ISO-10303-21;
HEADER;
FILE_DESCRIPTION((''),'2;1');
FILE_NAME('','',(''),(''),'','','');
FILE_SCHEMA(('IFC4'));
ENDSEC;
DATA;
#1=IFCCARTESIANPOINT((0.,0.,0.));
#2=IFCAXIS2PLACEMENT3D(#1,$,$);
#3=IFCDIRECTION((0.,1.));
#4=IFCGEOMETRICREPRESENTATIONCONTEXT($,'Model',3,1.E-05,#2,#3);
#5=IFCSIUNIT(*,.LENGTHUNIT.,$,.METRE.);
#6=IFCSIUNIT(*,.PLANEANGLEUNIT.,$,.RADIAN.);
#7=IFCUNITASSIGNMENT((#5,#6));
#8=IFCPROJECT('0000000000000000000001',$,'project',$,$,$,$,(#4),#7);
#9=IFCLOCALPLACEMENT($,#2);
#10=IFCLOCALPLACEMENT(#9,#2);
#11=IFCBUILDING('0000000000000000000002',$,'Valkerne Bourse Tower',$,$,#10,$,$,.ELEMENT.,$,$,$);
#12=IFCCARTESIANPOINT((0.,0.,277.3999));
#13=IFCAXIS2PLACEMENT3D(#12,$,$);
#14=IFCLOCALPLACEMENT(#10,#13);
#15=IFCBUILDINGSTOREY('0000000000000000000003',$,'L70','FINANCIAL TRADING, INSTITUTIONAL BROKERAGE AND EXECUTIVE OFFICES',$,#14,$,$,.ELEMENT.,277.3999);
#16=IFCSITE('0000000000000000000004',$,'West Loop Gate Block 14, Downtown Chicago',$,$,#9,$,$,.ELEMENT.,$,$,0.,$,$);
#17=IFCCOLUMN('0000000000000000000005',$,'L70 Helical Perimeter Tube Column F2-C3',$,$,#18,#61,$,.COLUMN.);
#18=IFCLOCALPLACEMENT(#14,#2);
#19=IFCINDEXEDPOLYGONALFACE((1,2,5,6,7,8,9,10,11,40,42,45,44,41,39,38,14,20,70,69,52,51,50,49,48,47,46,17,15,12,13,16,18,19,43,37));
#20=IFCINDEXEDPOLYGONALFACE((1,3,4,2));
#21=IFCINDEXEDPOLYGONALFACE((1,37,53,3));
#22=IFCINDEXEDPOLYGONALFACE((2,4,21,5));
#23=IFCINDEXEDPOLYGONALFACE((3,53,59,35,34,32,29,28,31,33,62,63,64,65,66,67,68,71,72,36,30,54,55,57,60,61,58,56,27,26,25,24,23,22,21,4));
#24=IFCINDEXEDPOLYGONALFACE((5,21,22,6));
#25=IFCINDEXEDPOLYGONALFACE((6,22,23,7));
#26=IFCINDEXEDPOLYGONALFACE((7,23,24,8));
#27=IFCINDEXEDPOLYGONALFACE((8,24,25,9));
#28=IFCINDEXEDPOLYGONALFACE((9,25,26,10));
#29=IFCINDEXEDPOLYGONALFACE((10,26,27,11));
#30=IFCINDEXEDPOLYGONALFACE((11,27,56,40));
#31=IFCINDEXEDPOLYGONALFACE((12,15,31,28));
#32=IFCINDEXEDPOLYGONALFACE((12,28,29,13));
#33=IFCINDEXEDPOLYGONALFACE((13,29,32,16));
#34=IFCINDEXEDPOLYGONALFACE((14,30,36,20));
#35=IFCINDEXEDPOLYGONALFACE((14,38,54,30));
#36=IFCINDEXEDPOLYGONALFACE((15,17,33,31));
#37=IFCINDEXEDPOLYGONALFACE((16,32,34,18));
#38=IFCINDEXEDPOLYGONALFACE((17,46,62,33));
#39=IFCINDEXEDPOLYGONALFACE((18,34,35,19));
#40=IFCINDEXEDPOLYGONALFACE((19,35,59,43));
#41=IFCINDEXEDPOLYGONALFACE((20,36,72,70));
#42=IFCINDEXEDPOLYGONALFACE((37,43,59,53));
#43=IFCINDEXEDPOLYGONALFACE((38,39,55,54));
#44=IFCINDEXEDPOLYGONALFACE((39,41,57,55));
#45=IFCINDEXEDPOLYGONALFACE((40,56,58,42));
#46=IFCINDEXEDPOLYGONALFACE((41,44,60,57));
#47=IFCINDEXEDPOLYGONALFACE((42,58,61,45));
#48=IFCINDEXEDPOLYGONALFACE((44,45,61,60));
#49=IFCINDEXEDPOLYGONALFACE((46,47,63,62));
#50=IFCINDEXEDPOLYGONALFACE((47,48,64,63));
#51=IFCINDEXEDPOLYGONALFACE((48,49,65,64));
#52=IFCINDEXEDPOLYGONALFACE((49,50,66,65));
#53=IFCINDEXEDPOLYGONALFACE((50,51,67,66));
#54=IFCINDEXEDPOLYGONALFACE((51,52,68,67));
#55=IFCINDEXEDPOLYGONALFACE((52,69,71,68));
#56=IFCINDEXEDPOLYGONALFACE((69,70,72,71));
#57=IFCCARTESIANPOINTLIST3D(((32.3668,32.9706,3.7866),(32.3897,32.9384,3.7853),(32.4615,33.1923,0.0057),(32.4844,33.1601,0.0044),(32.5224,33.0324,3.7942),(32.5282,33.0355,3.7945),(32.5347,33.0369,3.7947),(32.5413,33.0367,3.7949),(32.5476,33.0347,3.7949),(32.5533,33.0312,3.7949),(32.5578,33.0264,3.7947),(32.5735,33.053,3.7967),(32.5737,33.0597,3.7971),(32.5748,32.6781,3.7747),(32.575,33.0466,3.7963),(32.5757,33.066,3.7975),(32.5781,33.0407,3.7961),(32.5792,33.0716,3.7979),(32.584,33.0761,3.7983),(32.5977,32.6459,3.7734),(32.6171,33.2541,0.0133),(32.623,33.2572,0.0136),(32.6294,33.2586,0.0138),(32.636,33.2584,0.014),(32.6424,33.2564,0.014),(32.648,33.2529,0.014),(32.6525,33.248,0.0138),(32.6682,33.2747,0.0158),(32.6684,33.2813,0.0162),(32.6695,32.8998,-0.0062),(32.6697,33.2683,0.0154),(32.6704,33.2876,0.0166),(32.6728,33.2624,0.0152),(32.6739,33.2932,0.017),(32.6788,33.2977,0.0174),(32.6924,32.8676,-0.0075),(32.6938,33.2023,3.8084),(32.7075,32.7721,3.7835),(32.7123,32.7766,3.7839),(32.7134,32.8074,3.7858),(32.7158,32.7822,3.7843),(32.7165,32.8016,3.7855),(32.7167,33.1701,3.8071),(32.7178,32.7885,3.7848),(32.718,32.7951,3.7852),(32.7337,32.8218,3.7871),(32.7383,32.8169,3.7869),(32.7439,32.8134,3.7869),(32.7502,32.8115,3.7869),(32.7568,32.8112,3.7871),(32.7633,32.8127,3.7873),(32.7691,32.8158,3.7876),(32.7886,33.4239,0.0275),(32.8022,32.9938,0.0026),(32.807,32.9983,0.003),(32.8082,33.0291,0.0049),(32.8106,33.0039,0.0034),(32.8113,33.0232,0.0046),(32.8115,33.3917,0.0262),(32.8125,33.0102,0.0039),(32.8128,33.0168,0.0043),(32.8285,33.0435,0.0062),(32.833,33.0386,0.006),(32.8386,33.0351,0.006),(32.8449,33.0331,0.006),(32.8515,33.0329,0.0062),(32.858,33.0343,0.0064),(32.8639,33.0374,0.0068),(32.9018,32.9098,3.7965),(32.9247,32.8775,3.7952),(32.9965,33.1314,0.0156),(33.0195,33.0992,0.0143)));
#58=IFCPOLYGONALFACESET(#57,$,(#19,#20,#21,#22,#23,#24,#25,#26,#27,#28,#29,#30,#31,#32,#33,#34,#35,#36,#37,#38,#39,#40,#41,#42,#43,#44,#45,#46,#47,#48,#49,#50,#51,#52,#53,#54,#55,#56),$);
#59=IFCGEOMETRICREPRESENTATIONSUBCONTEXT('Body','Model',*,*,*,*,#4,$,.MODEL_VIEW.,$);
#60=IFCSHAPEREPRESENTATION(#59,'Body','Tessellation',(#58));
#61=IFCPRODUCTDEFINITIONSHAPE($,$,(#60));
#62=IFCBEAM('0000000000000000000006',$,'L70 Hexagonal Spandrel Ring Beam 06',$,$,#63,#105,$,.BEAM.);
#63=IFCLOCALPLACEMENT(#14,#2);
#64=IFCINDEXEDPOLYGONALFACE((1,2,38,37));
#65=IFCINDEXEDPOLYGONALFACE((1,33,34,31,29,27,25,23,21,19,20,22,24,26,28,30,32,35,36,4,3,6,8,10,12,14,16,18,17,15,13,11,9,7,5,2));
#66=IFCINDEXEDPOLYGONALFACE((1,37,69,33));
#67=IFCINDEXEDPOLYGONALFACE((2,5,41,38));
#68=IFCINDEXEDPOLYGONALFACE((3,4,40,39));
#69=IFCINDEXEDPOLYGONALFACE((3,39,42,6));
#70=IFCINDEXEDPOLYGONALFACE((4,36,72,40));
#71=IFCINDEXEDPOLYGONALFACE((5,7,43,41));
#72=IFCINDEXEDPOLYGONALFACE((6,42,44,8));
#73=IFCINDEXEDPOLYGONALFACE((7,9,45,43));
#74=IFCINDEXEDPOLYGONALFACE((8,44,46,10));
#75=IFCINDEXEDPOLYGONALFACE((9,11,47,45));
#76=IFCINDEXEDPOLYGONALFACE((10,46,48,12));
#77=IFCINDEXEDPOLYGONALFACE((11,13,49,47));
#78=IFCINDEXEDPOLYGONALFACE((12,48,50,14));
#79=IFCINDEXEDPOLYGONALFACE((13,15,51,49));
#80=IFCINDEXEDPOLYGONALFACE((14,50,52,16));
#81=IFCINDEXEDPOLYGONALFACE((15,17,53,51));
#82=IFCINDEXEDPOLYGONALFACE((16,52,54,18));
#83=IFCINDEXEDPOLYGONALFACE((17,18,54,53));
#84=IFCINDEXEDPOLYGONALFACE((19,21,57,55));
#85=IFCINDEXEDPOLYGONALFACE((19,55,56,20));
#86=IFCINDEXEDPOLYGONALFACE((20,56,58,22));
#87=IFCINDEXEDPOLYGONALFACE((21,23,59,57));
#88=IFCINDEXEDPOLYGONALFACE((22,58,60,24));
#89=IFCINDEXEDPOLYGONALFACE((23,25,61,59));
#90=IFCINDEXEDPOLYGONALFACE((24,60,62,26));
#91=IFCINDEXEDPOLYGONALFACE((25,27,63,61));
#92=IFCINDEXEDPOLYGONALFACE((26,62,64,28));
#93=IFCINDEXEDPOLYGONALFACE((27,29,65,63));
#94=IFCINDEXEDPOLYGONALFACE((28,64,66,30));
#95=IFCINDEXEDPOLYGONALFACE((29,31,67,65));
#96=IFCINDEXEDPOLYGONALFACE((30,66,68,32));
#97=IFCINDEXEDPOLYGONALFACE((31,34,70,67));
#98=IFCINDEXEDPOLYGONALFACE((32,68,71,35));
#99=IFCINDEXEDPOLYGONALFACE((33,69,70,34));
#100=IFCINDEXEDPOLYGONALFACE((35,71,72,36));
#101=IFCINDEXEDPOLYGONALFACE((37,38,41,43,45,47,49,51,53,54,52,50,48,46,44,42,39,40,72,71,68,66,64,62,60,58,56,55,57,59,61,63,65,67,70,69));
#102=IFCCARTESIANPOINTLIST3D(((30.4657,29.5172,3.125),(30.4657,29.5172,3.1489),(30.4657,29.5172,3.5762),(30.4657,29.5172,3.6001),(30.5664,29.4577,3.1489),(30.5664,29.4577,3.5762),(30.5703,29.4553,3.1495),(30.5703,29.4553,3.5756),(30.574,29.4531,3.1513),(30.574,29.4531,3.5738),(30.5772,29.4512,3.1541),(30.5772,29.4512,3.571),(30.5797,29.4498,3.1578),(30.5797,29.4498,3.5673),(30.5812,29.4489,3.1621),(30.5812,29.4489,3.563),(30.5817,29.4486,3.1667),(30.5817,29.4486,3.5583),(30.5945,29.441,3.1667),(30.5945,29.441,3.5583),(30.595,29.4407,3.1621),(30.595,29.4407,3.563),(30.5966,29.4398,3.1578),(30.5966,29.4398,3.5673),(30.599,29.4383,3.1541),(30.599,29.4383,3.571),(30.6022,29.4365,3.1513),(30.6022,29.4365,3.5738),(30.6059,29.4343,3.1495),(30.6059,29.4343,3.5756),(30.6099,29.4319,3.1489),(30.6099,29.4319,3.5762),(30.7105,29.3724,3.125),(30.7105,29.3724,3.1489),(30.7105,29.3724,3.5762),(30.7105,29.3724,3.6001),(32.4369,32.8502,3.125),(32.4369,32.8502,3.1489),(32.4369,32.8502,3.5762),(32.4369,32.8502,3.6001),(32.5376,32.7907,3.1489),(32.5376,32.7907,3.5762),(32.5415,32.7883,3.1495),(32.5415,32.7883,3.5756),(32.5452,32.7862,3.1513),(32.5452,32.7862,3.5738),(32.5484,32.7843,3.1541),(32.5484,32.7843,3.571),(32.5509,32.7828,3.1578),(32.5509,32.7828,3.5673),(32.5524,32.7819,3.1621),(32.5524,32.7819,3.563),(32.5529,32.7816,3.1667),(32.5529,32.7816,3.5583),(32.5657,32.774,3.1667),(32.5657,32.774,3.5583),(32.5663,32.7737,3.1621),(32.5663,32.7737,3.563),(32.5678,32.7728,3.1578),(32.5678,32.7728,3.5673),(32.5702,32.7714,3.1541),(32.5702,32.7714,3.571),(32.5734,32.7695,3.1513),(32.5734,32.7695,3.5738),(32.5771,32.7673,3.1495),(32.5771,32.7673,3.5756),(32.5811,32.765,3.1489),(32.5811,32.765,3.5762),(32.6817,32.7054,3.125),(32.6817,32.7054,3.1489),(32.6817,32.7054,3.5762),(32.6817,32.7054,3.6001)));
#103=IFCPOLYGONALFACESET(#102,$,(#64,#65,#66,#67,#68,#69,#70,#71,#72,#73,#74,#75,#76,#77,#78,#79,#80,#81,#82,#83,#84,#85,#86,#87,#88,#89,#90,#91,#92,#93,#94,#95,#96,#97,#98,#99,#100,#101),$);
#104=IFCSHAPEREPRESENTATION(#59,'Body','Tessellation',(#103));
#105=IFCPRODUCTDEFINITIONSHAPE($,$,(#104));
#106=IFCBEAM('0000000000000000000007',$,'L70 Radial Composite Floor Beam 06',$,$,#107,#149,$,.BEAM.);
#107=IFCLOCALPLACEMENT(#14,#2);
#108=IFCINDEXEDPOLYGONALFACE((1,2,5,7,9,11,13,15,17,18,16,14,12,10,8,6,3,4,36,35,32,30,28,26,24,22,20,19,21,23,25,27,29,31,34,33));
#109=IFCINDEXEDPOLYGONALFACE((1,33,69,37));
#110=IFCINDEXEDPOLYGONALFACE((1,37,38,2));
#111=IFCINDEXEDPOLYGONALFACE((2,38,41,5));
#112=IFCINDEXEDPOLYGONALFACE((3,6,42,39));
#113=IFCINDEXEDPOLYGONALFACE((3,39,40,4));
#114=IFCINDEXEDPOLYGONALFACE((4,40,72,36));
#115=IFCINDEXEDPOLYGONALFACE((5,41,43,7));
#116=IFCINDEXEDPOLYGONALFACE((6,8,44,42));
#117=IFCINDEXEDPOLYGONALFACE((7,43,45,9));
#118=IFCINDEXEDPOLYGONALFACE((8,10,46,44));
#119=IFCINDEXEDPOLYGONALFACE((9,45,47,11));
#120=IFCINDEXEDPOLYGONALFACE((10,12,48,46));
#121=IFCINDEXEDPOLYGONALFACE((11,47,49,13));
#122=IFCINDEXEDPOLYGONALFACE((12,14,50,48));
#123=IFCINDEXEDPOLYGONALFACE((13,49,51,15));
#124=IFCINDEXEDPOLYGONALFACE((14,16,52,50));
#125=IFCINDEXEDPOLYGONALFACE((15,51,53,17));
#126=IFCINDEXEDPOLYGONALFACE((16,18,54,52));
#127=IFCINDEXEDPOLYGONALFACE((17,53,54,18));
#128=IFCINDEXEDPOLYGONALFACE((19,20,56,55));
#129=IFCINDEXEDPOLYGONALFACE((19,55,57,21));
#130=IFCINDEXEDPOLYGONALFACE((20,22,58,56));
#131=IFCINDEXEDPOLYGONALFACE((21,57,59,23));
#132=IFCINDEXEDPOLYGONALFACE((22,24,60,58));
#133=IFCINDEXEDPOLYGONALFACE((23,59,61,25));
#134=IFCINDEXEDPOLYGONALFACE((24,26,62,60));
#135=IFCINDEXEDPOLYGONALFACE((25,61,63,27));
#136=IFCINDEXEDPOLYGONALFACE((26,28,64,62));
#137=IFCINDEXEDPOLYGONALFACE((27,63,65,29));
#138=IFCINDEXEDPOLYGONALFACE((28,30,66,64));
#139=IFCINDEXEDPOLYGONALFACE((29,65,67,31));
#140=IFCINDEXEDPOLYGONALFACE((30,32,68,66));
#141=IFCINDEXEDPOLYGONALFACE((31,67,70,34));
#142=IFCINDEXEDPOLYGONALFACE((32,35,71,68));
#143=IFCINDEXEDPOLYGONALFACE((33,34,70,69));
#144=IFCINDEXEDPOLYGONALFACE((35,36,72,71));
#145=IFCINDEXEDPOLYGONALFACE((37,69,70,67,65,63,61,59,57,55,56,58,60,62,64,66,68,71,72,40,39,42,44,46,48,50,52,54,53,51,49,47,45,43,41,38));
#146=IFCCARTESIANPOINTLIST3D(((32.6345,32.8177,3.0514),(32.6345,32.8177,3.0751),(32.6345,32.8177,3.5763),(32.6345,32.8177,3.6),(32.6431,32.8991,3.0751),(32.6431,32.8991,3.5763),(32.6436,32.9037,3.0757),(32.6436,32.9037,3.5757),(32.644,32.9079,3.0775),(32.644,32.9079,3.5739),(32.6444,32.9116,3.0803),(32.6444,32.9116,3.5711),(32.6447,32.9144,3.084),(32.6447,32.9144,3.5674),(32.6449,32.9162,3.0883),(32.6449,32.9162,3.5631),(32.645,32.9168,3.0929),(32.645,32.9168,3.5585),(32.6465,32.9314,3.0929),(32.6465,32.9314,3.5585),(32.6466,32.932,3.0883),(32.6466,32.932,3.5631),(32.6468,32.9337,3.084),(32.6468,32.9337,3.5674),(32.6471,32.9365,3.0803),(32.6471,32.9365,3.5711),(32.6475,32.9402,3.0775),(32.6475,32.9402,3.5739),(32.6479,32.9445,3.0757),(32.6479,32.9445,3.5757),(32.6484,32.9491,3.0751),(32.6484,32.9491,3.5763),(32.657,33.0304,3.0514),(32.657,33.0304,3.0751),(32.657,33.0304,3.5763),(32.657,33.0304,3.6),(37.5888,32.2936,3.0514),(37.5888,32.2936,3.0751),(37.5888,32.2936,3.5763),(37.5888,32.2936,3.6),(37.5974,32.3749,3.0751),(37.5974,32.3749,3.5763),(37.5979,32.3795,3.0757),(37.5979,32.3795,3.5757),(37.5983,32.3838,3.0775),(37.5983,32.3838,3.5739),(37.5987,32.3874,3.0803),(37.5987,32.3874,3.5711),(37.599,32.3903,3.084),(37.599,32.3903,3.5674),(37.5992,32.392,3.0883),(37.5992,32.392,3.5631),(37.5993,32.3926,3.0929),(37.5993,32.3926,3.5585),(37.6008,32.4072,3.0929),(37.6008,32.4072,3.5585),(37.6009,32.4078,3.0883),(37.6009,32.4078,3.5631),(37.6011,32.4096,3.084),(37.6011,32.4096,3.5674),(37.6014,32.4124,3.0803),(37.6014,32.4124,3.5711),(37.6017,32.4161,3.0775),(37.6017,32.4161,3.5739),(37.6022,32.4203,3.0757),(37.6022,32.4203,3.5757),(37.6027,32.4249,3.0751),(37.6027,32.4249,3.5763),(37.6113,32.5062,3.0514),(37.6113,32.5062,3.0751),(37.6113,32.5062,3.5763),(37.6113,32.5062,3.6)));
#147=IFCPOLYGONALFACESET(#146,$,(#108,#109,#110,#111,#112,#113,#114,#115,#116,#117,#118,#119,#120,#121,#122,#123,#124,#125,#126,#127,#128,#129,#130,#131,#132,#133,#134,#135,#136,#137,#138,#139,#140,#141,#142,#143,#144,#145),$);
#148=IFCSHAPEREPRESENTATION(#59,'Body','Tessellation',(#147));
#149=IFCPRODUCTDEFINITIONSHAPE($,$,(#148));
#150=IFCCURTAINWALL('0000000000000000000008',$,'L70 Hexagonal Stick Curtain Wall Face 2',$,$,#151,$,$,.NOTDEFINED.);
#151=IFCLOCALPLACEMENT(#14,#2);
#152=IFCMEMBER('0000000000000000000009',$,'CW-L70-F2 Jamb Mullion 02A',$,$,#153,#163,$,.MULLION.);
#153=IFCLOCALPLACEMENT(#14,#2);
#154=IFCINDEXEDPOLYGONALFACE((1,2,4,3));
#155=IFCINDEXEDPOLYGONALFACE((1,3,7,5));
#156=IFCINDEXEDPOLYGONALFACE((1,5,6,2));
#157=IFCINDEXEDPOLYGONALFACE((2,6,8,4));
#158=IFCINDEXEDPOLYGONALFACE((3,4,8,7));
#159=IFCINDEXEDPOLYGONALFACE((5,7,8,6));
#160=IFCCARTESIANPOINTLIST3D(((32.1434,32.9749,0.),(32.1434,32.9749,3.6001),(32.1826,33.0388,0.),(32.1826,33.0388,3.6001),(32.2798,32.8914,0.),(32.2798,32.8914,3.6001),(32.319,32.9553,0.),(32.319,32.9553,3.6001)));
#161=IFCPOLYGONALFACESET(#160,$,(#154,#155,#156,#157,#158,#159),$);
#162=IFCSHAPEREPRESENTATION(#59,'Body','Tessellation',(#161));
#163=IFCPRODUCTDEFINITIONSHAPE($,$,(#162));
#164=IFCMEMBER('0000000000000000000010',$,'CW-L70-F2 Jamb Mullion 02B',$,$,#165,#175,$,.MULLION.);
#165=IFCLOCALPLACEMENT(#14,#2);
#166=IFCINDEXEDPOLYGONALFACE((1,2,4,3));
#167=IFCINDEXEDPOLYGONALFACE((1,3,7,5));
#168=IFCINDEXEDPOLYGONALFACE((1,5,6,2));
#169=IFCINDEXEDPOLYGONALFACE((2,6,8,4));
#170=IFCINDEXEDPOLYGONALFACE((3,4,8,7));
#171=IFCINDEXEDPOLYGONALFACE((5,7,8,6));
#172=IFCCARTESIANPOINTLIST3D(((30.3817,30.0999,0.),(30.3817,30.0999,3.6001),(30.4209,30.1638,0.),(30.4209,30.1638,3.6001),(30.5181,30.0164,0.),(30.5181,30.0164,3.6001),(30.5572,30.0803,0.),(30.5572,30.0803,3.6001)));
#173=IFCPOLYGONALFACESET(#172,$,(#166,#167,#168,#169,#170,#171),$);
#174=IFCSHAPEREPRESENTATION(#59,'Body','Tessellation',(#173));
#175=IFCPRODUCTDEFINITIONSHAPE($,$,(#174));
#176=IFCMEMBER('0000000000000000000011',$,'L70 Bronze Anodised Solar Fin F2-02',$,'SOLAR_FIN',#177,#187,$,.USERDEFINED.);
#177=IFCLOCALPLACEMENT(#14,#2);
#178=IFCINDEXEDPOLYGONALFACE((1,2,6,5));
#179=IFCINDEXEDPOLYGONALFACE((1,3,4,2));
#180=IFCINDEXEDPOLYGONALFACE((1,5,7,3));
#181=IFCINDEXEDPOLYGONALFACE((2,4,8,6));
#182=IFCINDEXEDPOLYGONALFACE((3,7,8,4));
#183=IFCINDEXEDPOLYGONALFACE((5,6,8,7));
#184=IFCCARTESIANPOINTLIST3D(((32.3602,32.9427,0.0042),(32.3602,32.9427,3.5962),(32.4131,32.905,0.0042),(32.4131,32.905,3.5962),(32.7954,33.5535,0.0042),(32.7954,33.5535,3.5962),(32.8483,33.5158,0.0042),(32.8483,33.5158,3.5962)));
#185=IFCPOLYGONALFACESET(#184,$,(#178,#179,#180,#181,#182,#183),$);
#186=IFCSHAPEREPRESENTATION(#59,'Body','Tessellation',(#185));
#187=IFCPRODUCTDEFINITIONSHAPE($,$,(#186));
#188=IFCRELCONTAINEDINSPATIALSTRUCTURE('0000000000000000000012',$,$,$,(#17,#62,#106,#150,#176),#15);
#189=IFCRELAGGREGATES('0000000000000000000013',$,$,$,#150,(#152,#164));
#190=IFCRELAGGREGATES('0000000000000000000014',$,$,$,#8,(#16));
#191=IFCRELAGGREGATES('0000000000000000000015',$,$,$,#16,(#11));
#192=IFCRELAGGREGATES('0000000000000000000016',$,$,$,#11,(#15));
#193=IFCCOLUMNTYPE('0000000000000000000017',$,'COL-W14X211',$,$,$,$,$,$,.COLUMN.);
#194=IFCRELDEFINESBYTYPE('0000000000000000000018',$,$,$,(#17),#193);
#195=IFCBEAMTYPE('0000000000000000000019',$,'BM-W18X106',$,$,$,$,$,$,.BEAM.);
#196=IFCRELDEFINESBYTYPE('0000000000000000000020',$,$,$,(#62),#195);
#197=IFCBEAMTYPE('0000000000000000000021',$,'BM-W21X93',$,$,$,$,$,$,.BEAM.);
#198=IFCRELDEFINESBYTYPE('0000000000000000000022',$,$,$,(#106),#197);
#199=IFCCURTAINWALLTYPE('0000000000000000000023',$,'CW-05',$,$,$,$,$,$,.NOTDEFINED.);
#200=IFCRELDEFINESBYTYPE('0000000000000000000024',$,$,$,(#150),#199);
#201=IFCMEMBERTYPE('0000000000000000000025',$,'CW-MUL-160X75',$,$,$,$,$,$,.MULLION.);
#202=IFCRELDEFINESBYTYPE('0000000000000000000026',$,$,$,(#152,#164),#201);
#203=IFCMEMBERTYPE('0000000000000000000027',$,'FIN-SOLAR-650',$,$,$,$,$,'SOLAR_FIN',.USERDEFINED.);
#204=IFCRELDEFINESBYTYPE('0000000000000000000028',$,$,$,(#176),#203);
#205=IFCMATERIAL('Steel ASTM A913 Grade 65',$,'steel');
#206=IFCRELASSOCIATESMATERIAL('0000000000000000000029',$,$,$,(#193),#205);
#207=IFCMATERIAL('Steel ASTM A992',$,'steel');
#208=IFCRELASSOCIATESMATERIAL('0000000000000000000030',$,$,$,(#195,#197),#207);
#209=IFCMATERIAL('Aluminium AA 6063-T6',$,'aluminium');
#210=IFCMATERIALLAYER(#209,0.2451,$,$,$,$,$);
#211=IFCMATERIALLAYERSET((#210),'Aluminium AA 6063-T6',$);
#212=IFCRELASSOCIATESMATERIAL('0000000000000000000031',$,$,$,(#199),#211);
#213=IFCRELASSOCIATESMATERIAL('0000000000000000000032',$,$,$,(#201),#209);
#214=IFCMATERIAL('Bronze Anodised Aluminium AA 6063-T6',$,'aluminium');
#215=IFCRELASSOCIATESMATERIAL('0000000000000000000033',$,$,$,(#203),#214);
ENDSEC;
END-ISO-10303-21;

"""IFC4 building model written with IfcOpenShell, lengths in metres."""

from ifc_helpers import new_model, si_unit, direction, frame, origin, origin_2d, place, context, subcontext, project, spatial, rectangle, i_section, extrude, material, layer, layer_set, material_profile, profile_set, type_object, element, aggregate, save


model = new_model("IFC4")

# Units and contexts
model_context = context("Model", 3, precision=1e-05, world=origin(), true_north=direction((0.0, 1.0)))
body_context = subcontext(model_context, "Body", "Model", "MODEL_VIEW")
ifc_project = project(units=[si_unit("LENGTHUNIT", "METRE"), si_unit("PLANEANGLEUNIT", "RADIAN")], contexts=[model_context])

# Site, building, storey
site_placement = place(None, origin())
site = spatial("IfcSite", under=ifc_project, at=site_placement, Name="West Loop Gate Block 14, Downtown Chicago", CompositionType="ELEMENT", RefElevation=0.0)
building_placement = place(site_placement, origin())
building = spatial("IfcBuilding", under=site, at=building_placement, Name="Valkerne Bourse Tower", CompositionType="ELEMENT")
storey_placement = place(building_placement, frame((0.0, 0.0, 277.3999)))
storey = spatial("IfcBuildingStorey", under=building, at=storey_placement, Name="L70", Description="FINANCIAL TRADING, INSTITUTIONAL BROKERAGE AND EXECUTIVE OFFICES", CompositionType="ELEMENT", Elevation=277.3999)

# Column
ifc_material_1 = material(Name="Steel ASTM A913 Grade 65", Category="steel")
ifc_material_profile_1 = material_profile(ifc_material_1, i_section(OverallWidth=0.4014, OverallDepth=0.3987, WebThickness=0.0249, FlangeThickness=0.0396, FilletRadius=0.0254, at=origin_2d()), Name="W14X211")
ifc_profile_set_1 = profile_set([ifc_material_profile_1], Name="Steel ASTM A913 Grade 65")
column_type = type_object("IfcColumnType", Name="COL-W14X211", PredefinedType="COLUMN", material=ifc_profile_set_1)
column_placement = place(storey_placement, frame((32.7405, 33.1458, 0.01), z_axis=(-0.025003, -0.058511, 0.997974), x_axis=(-0.814829, -0.577157, -0.054253)))
element("IfcColumn", 1, at=column_placement, inside=storey, type_object=column_type, Name="L70 Helical Perimeter Tube Column F2-C3", PredefinedType="COLUMN", context=body_context, shape_type="SweptSolid", body=[
    extrude(i_section(OverallWidth=0.4014, OverallDepth=0.3987, WebThickness=0.0249, FlangeThickness=0.0396, FilletRadius=0.0254, at=origin_2d()), origin(), (0.0, 0.0, 1.0), 3.7886),
])

# Beams
ifc_material_2 = material(Name="Steel ASTM A992", Category="steel")
ifc_material_profile_2 = material_profile(ifc_material_2, i_section(OverallWidth=0.2844, OverallDepth=0.4751, WebThickness=0.0149, FlangeThickness=0.0239, FilletRadius=0.0178, at=origin_2d()), Name="W18X106")
ifc_profile_set_2 = profile_set([ifc_material_profile_2], Name="Steel ASTM A992")
beam_type_1 = type_object("IfcBeamType", Name="BM-W18X106", PredefinedType="BEAM", material=ifc_profile_set_2)
beam_1_placement = place(storey_placement, frame((32.5593, 32.7778, 3.3625), z_axis=(-0.509052, -0.860736, 0.0), x_axis=(0.860736, -0.509052, 0.0)))
element("IfcBeam", 2, at=beam_1_placement, inside=storey, type_object=beam_type_1, Name="L70 Hexagonal Spandrel Ring Beam 06", PredefinedType="BEAM", context=body_context, shape_type="SweptSolid", body=[
    extrude(i_section(OverallWidth=0.2844, OverallDepth=0.4751, WebThickness=0.0149, FlangeThickness=0.0239, FilletRadius=0.0178, at=origin_2d()), origin(), (0.0, 0.0, 1.0), 3.8723),
])
ifc_material_profile_3 = material_profile(ifc_material_2, i_section(OverallWidth=0.2139, OverallDepth=0.5486, WebThickness=0.0146, FlangeThickness=0.0237, FilletRadius=0.0178, at=origin_2d()), Name="W21X93")
ifc_profile_set_3 = profile_set([ifc_material_profile_3], Name="Steel ASTM A992")
beam_type_2 = type_object("IfcBeamType", Name="BM-W21X93", PredefinedType="BEAM", material=ifc_profile_set_3)
beam_2_placement = place(storey_placement, frame((32.6458, 32.9241, 3.3257), z_axis=(0.99445, -0.105213, 0.0), x_axis=(0.105213, 0.99445, 0.0)))
element("IfcBeam", 3, at=beam_2_placement, inside=storey, type_object=beam_type_2, Name="L70 Radial Composite Floor Beam 06", PredefinedType="BEAM", context=body_context, shape_type="SweptSolid", body=[
    extrude(i_section(OverallWidth=0.2139, OverallDepth=0.5486, WebThickness=0.0146, FlangeThickness=0.0237, FilletRadius=0.0178, at=origin_2d()), origin(), (0.0, 0.0, 1.0), 4.9819),
])

# Curtain wall, members
ifc_material_3 = material(Name="Aluminium AA 6063-T6", Category="aluminium")
ifc_layer_1 = layer(ifc_material_3, 0.2451)
ifc_layer_set_1 = layer_set([ifc_layer_1], Name="Aluminium AA 6063-T6")
curtain_wall_type = type_object("IfcCurtainWallType", Name="CW-05", PredefinedType="NOTDEFINED", material=ifc_layer_set_1)
curtain_wall_placement = place(storey_placement, origin())
curtain_wall = element("IfcCurtainWall", 4, at=curtain_wall_placement, inside=storey, type_object=curtain_wall_type, Name="L70 Hexagonal Stick Curtain Wall Face 2", PredefinedType="NOTDEFINED")
ifc_material_profile_4 = material_profile(ifc_material_3, rectangle(XDim=0.075, YDim=0.1599, at=origin_2d()), Name="CWM-75X160")
ifc_profile_set_4 = profile_set([ifc_material_profile_4], Name="Aluminium AA 6063-T6")
member_type_1 = type_object("IfcMemberType", Name="CW-MUL-160X75", PredefinedType="MULLION", material=ifc_profile_set_4)
member_1_placement = place(storey_placement, frame((32.2312, 32.9651, 0.0), z_axis=(0.0, 0.0, 1.0), x_axis=(-0.522496, -0.852642, 0.0)))
member_1 = element("IfcMember", 5, at=member_1_placement, type_object=member_type_1, Name="CW-L70-F2 Jamb Mullion 02A", PredefinedType="MULLION", context=body_context, shape_type="SweptSolid", body=[
    extrude(rectangle(XDim=0.075, YDim=0.1599, at=origin_2d()), origin(), (0.0, 0.0, 1.0), 3.6001),
])
member_2_placement = place(storey_placement, frame((30.4695, 30.0901, 0.0), z_axis=(0.0, 0.0, 1.0), x_axis=(-0.522496, -0.852642, 0.0)))
member_2 = element("IfcMember", 6, at=member_2_placement, type_object=member_type_1, Name="CW-L70-F2 Jamb Mullion 02B", PredefinedType="MULLION", context=body_context, shape_type="SweptSolid", body=[
    extrude(rectangle(XDim=0.075, YDim=0.1599, at=origin_2d()), origin(), (0.0, 0.0, 1.0), 3.6001),
])

# Member
ifc_material_4 = material(Name="Bronze Anodised Aluminium AA 6063-T6", Category="aluminium")
ifc_material_profile_5 = material_profile(ifc_material_4, rectangle(XDim=0.0649, YDim=0.75, at=origin_2d()), Name="FIN-65X750")
ifc_profile_set_5 = profile_set([ifc_material_profile_5], Name="Bronze Anodised Aluminium AA 6063-T6")
member_type_2 = type_object("IfcMemberType", Name="FIN-SOLAR-650", ElementType="SOLAR_FIN", PredefinedType="USERDEFINED", material=ifc_profile_set_5)
member_3_placement = place(storey_placement, frame((32.6042, 33.2292, 0.0042), z_axis=(0.0, 0.0, 1.0), x_axis=(-0.814358, 0.580362, 0.0)))
element("IfcMember", 7, at=member_3_placement, inside=storey, type_object=member_type_2, Name="L70 Bronze Anodised Solar Fin F2-02", ObjectType="SOLAR_FIN", PredefinedType="USERDEFINED", context=body_context, shape_type="SweptSolid", body=[
    extrude(rectangle(XDim=0.0649, YDim=0.75, at=origin_2d()), origin(), (0.0, 0.0, 1.0), 3.592),
])

aggregate(curtain_wall, [member_1, member_2])

save(model, "model.ifc")
